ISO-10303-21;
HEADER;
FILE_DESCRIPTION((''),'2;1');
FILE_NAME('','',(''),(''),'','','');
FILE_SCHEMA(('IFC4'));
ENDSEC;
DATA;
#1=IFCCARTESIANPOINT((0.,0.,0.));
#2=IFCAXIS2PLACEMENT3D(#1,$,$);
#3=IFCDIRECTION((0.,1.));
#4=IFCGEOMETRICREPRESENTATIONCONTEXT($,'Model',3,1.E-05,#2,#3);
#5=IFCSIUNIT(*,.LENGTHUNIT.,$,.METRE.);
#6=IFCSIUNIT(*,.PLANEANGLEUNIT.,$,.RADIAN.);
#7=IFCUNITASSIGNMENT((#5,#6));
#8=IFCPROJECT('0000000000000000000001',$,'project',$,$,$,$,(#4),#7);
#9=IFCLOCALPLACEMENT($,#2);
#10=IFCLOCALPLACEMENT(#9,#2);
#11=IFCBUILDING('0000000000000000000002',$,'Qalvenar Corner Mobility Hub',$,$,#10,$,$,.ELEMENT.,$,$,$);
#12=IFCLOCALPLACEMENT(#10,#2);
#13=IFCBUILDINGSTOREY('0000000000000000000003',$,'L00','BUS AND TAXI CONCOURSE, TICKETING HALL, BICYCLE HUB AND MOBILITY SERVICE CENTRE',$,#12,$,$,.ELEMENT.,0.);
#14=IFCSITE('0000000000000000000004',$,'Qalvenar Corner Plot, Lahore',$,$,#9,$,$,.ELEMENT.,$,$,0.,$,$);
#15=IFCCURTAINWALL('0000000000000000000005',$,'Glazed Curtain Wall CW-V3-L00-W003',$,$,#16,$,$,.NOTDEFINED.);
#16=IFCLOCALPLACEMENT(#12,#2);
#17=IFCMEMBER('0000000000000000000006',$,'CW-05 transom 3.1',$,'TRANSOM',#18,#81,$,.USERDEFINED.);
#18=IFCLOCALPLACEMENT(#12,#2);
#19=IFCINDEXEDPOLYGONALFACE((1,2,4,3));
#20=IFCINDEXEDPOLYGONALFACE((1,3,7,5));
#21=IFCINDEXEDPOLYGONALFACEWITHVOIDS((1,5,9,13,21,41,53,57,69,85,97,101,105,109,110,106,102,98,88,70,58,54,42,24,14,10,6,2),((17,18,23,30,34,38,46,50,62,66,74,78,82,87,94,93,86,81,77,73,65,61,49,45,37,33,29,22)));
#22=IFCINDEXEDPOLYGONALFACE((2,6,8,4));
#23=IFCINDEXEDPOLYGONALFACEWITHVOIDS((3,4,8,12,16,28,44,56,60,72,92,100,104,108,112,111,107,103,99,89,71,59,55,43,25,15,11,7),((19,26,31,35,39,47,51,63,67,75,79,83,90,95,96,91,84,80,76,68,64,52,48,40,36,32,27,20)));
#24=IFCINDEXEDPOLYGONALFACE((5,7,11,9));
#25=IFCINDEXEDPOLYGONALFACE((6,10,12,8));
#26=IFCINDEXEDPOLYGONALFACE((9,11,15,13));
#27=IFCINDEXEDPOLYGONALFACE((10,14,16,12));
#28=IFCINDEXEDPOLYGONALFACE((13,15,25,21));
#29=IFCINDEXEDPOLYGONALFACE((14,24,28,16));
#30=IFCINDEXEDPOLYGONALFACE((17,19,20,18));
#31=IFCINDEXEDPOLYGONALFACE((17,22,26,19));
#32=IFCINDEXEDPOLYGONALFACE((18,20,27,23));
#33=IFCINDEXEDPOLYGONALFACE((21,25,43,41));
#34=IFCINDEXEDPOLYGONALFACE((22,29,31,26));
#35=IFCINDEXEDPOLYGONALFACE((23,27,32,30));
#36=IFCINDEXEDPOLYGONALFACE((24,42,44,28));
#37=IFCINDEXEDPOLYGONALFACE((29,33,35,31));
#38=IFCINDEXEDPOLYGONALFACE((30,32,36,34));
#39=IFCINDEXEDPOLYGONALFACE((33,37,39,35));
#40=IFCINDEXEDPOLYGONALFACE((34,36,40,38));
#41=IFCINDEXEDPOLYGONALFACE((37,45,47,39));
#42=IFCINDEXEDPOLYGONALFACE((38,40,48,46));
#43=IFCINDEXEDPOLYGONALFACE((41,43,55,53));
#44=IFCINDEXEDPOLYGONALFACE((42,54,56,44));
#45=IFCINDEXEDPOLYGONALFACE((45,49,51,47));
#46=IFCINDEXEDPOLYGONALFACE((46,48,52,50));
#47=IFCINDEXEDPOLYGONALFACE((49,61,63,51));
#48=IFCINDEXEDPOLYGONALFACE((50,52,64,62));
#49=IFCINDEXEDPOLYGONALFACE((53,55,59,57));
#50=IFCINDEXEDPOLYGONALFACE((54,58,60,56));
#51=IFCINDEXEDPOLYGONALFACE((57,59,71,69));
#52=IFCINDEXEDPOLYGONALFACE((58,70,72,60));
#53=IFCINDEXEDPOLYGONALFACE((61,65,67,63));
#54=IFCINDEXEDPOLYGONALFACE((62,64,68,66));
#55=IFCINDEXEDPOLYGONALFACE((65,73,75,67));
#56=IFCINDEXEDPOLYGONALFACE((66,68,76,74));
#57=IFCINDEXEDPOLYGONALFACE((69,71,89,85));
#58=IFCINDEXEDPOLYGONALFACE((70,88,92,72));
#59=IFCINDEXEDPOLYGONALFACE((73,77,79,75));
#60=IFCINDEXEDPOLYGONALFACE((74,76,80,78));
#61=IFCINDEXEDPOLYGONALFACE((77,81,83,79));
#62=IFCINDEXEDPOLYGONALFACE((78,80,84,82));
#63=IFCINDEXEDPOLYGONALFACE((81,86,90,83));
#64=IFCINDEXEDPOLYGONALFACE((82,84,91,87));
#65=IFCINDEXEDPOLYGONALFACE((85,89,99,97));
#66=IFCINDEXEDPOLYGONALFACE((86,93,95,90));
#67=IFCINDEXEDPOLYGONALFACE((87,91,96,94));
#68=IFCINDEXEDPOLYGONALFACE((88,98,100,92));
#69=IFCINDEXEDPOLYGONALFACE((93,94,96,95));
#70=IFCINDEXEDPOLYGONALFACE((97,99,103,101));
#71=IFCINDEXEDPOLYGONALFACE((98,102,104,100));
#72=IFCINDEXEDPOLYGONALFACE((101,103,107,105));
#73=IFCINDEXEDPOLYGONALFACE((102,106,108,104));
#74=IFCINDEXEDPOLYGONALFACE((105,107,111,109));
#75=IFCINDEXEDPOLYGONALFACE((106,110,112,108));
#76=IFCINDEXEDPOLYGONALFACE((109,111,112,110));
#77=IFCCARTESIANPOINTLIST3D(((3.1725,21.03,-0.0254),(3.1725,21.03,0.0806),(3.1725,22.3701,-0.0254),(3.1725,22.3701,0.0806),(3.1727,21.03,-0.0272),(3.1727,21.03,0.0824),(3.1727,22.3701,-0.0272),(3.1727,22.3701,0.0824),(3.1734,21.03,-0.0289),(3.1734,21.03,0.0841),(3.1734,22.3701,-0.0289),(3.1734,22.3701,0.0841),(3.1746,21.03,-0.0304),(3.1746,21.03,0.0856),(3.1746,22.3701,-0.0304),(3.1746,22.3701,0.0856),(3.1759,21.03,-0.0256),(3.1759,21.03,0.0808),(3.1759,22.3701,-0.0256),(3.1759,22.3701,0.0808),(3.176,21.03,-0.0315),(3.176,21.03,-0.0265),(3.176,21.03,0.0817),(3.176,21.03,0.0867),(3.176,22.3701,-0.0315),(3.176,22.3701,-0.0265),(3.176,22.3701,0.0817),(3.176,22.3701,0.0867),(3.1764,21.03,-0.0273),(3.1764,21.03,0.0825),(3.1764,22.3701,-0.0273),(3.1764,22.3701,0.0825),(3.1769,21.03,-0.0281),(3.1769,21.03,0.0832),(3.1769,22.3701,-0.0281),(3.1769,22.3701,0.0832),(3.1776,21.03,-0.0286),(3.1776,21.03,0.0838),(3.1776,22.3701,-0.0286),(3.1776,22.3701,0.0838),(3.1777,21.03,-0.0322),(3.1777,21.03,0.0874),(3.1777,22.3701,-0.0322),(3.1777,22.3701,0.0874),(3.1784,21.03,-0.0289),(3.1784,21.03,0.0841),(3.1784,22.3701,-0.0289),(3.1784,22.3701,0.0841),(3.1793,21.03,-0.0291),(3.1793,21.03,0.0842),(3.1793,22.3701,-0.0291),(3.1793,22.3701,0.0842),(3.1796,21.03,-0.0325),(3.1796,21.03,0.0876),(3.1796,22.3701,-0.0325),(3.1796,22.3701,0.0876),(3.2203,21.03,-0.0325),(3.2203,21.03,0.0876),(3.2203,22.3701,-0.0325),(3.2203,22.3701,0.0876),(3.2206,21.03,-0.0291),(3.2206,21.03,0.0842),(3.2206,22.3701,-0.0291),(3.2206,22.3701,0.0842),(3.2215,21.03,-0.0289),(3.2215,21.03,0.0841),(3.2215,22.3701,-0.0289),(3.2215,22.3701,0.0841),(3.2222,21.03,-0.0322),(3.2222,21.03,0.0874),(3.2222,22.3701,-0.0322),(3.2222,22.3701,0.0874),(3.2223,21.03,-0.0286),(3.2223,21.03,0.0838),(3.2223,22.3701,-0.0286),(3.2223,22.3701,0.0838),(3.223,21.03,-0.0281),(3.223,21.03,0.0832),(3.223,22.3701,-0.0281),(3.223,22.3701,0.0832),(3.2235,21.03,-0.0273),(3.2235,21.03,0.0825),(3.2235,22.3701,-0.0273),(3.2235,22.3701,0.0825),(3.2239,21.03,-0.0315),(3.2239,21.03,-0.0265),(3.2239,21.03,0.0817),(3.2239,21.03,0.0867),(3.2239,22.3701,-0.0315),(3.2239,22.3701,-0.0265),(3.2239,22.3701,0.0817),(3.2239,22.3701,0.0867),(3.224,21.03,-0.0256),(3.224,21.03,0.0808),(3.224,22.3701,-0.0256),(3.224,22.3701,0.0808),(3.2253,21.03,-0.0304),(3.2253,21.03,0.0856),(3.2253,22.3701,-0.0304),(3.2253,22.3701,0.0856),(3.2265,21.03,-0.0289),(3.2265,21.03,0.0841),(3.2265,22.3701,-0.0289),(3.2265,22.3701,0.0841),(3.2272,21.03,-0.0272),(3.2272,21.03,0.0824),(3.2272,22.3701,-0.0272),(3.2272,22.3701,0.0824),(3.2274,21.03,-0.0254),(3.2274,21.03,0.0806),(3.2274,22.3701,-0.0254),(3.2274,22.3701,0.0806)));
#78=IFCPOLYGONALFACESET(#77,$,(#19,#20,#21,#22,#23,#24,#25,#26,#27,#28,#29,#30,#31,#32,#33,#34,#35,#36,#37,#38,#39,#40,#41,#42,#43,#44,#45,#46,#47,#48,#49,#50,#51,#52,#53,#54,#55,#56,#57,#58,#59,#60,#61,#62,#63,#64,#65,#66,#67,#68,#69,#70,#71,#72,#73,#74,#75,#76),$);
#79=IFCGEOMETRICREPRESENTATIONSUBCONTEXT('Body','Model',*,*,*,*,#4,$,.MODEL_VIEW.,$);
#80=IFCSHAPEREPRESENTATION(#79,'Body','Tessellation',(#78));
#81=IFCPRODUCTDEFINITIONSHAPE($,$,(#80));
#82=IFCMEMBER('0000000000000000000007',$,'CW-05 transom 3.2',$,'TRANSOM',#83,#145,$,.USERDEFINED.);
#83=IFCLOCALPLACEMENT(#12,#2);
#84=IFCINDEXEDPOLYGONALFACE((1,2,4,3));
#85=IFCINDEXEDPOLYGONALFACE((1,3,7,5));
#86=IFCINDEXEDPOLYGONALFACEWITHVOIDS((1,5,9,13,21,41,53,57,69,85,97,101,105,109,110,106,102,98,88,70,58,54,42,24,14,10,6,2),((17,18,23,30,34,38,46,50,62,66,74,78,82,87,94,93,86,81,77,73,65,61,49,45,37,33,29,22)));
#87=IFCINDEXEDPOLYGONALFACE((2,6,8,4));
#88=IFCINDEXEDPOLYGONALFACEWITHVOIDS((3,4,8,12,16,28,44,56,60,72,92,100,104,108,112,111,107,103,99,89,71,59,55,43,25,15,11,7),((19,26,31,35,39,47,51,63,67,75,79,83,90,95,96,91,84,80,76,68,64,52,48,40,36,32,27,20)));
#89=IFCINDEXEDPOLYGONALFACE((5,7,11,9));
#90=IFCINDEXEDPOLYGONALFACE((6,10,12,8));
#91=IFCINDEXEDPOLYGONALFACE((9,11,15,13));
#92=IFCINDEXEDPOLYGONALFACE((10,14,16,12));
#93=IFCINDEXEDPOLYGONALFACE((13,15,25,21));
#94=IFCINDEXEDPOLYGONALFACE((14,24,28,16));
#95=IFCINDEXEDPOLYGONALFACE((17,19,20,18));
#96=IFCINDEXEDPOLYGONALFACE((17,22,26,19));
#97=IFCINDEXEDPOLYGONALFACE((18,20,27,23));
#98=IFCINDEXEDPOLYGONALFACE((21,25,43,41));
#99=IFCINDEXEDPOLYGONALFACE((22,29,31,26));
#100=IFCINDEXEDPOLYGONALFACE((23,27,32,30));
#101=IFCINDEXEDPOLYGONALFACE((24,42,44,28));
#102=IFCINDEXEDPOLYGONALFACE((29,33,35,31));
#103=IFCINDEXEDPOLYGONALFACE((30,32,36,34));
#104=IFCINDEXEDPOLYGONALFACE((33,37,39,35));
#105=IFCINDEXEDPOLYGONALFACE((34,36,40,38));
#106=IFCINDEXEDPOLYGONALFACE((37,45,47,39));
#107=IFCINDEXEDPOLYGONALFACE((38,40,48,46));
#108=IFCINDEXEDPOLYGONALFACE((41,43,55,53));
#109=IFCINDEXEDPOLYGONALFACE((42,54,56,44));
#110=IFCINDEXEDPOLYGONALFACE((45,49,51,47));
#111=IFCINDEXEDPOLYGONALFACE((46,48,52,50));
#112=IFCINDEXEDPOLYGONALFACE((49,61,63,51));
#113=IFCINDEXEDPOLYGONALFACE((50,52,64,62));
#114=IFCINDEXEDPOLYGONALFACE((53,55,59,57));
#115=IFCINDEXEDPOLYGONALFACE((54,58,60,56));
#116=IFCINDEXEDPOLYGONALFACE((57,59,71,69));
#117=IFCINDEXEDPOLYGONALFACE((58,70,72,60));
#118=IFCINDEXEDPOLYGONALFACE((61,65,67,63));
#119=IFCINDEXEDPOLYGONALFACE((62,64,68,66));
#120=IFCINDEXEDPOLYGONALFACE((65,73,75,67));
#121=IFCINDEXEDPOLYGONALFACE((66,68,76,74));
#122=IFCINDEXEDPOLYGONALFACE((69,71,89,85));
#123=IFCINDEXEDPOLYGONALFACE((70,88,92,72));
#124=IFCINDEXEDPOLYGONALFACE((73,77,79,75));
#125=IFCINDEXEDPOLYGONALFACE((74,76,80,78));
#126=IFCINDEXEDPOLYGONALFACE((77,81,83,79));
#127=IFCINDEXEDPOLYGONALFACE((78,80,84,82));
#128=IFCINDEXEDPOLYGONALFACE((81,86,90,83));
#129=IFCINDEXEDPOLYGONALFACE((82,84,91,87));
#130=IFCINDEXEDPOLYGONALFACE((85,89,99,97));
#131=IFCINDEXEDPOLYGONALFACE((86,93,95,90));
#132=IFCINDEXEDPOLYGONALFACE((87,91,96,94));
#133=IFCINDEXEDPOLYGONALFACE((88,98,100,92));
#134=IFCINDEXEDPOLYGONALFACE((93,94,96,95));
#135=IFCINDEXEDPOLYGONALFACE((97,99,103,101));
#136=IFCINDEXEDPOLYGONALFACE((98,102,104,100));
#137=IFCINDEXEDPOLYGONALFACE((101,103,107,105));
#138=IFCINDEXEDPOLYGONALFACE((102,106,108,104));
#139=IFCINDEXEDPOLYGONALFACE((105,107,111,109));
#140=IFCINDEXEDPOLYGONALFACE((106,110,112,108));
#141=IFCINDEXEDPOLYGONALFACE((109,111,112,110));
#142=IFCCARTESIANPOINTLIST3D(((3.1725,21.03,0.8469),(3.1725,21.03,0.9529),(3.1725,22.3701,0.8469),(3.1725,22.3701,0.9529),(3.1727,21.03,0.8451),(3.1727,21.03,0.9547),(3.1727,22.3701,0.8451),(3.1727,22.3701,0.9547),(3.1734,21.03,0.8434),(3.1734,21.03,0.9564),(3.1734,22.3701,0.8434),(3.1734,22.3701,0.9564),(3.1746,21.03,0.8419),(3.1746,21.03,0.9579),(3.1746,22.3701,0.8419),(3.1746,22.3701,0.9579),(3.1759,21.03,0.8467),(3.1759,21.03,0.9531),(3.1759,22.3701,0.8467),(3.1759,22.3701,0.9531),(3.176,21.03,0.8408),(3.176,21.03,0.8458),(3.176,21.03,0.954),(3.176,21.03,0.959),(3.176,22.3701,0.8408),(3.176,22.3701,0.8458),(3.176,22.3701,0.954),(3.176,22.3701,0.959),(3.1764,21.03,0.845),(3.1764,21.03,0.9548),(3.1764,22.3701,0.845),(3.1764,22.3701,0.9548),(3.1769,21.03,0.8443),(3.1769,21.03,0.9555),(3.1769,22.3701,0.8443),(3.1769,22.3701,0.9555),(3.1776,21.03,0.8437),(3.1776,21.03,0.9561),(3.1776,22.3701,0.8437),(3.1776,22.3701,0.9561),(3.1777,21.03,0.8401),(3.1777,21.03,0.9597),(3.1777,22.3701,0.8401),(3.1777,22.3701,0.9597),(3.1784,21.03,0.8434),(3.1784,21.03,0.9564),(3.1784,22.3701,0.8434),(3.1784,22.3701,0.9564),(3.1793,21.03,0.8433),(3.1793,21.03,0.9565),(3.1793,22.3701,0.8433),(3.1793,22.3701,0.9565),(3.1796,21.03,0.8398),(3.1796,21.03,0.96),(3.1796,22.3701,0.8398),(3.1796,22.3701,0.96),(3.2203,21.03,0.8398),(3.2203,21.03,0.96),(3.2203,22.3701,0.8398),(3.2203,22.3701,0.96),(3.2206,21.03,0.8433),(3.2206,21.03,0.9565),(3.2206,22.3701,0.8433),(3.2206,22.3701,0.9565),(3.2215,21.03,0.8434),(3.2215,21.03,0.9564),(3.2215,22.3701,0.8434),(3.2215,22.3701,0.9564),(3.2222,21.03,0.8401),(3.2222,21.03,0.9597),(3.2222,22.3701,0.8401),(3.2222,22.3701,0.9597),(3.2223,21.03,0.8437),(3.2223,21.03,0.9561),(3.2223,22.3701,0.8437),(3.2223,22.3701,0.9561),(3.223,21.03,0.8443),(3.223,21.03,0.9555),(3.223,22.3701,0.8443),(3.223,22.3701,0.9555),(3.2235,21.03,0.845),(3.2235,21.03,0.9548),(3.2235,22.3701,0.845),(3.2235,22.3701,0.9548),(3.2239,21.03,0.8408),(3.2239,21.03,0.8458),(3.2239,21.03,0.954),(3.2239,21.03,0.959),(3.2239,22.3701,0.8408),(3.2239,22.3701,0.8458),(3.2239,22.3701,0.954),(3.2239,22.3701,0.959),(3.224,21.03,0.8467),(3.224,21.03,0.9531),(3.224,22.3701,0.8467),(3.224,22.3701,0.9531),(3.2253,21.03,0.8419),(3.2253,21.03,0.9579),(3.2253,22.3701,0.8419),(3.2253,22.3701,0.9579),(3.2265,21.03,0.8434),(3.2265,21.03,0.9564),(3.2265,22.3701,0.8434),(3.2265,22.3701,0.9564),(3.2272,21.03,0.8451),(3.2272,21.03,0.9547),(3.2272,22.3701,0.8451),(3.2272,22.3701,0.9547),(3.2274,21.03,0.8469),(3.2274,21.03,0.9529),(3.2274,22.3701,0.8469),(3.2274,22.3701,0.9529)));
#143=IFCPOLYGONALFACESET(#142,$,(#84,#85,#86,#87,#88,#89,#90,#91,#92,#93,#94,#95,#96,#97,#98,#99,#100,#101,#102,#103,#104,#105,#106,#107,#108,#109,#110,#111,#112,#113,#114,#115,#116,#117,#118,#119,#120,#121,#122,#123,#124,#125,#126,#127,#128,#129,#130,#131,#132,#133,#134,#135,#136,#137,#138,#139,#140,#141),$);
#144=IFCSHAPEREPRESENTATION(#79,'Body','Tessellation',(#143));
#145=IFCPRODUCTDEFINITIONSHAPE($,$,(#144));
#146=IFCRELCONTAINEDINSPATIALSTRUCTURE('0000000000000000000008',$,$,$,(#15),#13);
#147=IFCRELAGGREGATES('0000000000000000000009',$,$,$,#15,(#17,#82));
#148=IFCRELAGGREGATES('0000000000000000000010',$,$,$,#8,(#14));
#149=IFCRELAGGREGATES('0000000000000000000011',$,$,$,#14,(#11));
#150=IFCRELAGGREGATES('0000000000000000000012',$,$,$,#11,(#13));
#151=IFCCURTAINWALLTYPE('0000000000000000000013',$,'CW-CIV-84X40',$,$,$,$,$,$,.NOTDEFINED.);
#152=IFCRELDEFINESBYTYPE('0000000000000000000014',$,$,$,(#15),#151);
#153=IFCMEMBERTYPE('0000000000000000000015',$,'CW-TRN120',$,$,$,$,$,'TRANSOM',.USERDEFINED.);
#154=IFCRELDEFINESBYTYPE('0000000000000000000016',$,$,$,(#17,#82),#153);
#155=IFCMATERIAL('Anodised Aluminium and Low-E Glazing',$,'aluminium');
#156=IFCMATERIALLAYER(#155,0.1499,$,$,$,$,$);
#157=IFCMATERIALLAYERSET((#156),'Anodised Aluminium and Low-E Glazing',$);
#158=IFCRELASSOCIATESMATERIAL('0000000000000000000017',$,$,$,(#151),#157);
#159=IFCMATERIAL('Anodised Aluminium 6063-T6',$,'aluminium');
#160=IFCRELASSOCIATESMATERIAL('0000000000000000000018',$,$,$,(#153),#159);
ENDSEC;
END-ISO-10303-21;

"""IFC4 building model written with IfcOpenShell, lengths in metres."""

from ifc_helpers import new_model, si_unit, direction, frame, origin, origin_2d, place, context, subcontext, project, spatial, hollow_rectangle, extrude, material, layer, layer_set, material_profile, profile_set, type_object, element, aggregate, save


model = new_model("IFC4")

# Units and contexts
model_context = context("Model", 3, precision=1e-05, world=origin(), true_north=direction((0.0, 1.0)))
body_context = subcontext(model_context, "Body", "Model", "MODEL_VIEW")
ifc_project = project(units=[si_unit("LENGTHUNIT", "METRE"), si_unit("PLANEANGLEUNIT", "RADIAN")], contexts=[model_context])

# Site, building, storey
site_placement = place(None, origin())
site = spatial("IfcSite", under=ifc_project, at=site_placement, Name="Qalvenar Corner Plot, Lahore", CompositionType="ELEMENT", RefElevation=0.0)
building_placement = place(site_placement, origin())
building = spatial("IfcBuilding", under=site, at=building_placement, Name="Qalvenar Corner Mobility Hub", CompositionType="ELEMENT")
storey_placement = place(building_placement, origin())
storey = spatial("IfcBuildingStorey", under=building, at=storey_placement, Name="L00", Description="BUS AND TAXI CONCOURSE, TICKETING HALL, BICYCLE HUB AND MOBILITY SERVICE CENTRE", CompositionType="ELEMENT", Elevation=0.0)

# Curtain wall
ifc_material_1 = material(Name="Anodised Aluminium and Low-E Glazing", Category="aluminium")
ifc_layer_1 = layer(ifc_material_1, 0.1499)
ifc_layer_set_1 = layer_set([ifc_layer_1], Name="Anodised Aluminium and Low-E Glazing")
curtain_wall_type = type_object("IfcCurtainWallType", Name="CW-CIV-84X40", PredefinedType="NOTDEFINED", material=ifc_layer_set_1)
curtain_wall_1_placement = place(storey_placement, origin())
curtain_wall_1 = element("IfcCurtainWall", 1, at=curtain_wall_1_placement, inside=storey, type_object=curtain_wall_type, Name="Glazed Curtain Wall CW-V3-L00-W003", PredefinedType="NOTDEFINED")
ifc_material_2 = material(Name="Anodised Aluminium 6063-T6", Category="aluminium")

# Members
ifc_material_profile_1 = material_profile(ifc_material_2, hollow_rectangle(XDim=0.0549, YDim=0.1201, WallThickness=0.0034, InnerFilletRadius=0.0034, OuterFilletRadius=0.0071, at=origin_2d()), Name="RHS120x55x3.5")
ifc_profile_set_1 = profile_set([ifc_material_profile_1], Name="Anodised Aluminium 6063-T6")
member_type_1 = type_object("IfcMemberType", Name="CW-TRN120", ElementType="TRANSOM", PredefinedType="USERDEFINED", material=ifc_profile_set_1)
member_1_placement = place(storey_placement, frame((3.2, 22.3701, 0.0276), z_axis=(0.0, -1.0, 0.0), x_axis=(1.0, 0.0, 0.0)))
member_1 = element("IfcMember", 2, at=member_1_placement, type_object=member_type_1, Name="CW-05 transom 3.1", ObjectType="TRANSOM", PredefinedType="USERDEFINED", context=body_context, shape_type="SweptSolid", body=[
    extrude(hollow_rectangle(XDim=0.0549, YDim=0.1201, WallThickness=0.0034, InnerFilletRadius=0.0034, OuterFilletRadius=0.0071, at=origin_2d()), origin(), (0.0, 0.0, 1.0), 1.3401),
])
member_2_placement = place(storey_placement, frame((3.2, 22.3701, 0.8999), z_axis=(0.0, -1.0, 0.0), x_axis=(1.0, 0.0, 0.0)))
member_2 = element("IfcMember", 3, at=member_2_placement, type_object=member_type_1, Name="CW-05 transom 3.2", ObjectType="TRANSOM", PredefinedType="USERDEFINED", context=body_context, shape_type="SweptSolid", body=[
    extrude(hollow_rectangle(XDim=0.0549, YDim=0.1201, WallThickness=0.0034, InnerFilletRadius=0.0034, OuterFilletRadius=0.0071, at=origin_2d()), origin(), (0.0, 0.0, 1.0), 1.3401),
])

aggregate(curtain_wall_1, [member_1, member_2])

save(model, "model.ifc")
